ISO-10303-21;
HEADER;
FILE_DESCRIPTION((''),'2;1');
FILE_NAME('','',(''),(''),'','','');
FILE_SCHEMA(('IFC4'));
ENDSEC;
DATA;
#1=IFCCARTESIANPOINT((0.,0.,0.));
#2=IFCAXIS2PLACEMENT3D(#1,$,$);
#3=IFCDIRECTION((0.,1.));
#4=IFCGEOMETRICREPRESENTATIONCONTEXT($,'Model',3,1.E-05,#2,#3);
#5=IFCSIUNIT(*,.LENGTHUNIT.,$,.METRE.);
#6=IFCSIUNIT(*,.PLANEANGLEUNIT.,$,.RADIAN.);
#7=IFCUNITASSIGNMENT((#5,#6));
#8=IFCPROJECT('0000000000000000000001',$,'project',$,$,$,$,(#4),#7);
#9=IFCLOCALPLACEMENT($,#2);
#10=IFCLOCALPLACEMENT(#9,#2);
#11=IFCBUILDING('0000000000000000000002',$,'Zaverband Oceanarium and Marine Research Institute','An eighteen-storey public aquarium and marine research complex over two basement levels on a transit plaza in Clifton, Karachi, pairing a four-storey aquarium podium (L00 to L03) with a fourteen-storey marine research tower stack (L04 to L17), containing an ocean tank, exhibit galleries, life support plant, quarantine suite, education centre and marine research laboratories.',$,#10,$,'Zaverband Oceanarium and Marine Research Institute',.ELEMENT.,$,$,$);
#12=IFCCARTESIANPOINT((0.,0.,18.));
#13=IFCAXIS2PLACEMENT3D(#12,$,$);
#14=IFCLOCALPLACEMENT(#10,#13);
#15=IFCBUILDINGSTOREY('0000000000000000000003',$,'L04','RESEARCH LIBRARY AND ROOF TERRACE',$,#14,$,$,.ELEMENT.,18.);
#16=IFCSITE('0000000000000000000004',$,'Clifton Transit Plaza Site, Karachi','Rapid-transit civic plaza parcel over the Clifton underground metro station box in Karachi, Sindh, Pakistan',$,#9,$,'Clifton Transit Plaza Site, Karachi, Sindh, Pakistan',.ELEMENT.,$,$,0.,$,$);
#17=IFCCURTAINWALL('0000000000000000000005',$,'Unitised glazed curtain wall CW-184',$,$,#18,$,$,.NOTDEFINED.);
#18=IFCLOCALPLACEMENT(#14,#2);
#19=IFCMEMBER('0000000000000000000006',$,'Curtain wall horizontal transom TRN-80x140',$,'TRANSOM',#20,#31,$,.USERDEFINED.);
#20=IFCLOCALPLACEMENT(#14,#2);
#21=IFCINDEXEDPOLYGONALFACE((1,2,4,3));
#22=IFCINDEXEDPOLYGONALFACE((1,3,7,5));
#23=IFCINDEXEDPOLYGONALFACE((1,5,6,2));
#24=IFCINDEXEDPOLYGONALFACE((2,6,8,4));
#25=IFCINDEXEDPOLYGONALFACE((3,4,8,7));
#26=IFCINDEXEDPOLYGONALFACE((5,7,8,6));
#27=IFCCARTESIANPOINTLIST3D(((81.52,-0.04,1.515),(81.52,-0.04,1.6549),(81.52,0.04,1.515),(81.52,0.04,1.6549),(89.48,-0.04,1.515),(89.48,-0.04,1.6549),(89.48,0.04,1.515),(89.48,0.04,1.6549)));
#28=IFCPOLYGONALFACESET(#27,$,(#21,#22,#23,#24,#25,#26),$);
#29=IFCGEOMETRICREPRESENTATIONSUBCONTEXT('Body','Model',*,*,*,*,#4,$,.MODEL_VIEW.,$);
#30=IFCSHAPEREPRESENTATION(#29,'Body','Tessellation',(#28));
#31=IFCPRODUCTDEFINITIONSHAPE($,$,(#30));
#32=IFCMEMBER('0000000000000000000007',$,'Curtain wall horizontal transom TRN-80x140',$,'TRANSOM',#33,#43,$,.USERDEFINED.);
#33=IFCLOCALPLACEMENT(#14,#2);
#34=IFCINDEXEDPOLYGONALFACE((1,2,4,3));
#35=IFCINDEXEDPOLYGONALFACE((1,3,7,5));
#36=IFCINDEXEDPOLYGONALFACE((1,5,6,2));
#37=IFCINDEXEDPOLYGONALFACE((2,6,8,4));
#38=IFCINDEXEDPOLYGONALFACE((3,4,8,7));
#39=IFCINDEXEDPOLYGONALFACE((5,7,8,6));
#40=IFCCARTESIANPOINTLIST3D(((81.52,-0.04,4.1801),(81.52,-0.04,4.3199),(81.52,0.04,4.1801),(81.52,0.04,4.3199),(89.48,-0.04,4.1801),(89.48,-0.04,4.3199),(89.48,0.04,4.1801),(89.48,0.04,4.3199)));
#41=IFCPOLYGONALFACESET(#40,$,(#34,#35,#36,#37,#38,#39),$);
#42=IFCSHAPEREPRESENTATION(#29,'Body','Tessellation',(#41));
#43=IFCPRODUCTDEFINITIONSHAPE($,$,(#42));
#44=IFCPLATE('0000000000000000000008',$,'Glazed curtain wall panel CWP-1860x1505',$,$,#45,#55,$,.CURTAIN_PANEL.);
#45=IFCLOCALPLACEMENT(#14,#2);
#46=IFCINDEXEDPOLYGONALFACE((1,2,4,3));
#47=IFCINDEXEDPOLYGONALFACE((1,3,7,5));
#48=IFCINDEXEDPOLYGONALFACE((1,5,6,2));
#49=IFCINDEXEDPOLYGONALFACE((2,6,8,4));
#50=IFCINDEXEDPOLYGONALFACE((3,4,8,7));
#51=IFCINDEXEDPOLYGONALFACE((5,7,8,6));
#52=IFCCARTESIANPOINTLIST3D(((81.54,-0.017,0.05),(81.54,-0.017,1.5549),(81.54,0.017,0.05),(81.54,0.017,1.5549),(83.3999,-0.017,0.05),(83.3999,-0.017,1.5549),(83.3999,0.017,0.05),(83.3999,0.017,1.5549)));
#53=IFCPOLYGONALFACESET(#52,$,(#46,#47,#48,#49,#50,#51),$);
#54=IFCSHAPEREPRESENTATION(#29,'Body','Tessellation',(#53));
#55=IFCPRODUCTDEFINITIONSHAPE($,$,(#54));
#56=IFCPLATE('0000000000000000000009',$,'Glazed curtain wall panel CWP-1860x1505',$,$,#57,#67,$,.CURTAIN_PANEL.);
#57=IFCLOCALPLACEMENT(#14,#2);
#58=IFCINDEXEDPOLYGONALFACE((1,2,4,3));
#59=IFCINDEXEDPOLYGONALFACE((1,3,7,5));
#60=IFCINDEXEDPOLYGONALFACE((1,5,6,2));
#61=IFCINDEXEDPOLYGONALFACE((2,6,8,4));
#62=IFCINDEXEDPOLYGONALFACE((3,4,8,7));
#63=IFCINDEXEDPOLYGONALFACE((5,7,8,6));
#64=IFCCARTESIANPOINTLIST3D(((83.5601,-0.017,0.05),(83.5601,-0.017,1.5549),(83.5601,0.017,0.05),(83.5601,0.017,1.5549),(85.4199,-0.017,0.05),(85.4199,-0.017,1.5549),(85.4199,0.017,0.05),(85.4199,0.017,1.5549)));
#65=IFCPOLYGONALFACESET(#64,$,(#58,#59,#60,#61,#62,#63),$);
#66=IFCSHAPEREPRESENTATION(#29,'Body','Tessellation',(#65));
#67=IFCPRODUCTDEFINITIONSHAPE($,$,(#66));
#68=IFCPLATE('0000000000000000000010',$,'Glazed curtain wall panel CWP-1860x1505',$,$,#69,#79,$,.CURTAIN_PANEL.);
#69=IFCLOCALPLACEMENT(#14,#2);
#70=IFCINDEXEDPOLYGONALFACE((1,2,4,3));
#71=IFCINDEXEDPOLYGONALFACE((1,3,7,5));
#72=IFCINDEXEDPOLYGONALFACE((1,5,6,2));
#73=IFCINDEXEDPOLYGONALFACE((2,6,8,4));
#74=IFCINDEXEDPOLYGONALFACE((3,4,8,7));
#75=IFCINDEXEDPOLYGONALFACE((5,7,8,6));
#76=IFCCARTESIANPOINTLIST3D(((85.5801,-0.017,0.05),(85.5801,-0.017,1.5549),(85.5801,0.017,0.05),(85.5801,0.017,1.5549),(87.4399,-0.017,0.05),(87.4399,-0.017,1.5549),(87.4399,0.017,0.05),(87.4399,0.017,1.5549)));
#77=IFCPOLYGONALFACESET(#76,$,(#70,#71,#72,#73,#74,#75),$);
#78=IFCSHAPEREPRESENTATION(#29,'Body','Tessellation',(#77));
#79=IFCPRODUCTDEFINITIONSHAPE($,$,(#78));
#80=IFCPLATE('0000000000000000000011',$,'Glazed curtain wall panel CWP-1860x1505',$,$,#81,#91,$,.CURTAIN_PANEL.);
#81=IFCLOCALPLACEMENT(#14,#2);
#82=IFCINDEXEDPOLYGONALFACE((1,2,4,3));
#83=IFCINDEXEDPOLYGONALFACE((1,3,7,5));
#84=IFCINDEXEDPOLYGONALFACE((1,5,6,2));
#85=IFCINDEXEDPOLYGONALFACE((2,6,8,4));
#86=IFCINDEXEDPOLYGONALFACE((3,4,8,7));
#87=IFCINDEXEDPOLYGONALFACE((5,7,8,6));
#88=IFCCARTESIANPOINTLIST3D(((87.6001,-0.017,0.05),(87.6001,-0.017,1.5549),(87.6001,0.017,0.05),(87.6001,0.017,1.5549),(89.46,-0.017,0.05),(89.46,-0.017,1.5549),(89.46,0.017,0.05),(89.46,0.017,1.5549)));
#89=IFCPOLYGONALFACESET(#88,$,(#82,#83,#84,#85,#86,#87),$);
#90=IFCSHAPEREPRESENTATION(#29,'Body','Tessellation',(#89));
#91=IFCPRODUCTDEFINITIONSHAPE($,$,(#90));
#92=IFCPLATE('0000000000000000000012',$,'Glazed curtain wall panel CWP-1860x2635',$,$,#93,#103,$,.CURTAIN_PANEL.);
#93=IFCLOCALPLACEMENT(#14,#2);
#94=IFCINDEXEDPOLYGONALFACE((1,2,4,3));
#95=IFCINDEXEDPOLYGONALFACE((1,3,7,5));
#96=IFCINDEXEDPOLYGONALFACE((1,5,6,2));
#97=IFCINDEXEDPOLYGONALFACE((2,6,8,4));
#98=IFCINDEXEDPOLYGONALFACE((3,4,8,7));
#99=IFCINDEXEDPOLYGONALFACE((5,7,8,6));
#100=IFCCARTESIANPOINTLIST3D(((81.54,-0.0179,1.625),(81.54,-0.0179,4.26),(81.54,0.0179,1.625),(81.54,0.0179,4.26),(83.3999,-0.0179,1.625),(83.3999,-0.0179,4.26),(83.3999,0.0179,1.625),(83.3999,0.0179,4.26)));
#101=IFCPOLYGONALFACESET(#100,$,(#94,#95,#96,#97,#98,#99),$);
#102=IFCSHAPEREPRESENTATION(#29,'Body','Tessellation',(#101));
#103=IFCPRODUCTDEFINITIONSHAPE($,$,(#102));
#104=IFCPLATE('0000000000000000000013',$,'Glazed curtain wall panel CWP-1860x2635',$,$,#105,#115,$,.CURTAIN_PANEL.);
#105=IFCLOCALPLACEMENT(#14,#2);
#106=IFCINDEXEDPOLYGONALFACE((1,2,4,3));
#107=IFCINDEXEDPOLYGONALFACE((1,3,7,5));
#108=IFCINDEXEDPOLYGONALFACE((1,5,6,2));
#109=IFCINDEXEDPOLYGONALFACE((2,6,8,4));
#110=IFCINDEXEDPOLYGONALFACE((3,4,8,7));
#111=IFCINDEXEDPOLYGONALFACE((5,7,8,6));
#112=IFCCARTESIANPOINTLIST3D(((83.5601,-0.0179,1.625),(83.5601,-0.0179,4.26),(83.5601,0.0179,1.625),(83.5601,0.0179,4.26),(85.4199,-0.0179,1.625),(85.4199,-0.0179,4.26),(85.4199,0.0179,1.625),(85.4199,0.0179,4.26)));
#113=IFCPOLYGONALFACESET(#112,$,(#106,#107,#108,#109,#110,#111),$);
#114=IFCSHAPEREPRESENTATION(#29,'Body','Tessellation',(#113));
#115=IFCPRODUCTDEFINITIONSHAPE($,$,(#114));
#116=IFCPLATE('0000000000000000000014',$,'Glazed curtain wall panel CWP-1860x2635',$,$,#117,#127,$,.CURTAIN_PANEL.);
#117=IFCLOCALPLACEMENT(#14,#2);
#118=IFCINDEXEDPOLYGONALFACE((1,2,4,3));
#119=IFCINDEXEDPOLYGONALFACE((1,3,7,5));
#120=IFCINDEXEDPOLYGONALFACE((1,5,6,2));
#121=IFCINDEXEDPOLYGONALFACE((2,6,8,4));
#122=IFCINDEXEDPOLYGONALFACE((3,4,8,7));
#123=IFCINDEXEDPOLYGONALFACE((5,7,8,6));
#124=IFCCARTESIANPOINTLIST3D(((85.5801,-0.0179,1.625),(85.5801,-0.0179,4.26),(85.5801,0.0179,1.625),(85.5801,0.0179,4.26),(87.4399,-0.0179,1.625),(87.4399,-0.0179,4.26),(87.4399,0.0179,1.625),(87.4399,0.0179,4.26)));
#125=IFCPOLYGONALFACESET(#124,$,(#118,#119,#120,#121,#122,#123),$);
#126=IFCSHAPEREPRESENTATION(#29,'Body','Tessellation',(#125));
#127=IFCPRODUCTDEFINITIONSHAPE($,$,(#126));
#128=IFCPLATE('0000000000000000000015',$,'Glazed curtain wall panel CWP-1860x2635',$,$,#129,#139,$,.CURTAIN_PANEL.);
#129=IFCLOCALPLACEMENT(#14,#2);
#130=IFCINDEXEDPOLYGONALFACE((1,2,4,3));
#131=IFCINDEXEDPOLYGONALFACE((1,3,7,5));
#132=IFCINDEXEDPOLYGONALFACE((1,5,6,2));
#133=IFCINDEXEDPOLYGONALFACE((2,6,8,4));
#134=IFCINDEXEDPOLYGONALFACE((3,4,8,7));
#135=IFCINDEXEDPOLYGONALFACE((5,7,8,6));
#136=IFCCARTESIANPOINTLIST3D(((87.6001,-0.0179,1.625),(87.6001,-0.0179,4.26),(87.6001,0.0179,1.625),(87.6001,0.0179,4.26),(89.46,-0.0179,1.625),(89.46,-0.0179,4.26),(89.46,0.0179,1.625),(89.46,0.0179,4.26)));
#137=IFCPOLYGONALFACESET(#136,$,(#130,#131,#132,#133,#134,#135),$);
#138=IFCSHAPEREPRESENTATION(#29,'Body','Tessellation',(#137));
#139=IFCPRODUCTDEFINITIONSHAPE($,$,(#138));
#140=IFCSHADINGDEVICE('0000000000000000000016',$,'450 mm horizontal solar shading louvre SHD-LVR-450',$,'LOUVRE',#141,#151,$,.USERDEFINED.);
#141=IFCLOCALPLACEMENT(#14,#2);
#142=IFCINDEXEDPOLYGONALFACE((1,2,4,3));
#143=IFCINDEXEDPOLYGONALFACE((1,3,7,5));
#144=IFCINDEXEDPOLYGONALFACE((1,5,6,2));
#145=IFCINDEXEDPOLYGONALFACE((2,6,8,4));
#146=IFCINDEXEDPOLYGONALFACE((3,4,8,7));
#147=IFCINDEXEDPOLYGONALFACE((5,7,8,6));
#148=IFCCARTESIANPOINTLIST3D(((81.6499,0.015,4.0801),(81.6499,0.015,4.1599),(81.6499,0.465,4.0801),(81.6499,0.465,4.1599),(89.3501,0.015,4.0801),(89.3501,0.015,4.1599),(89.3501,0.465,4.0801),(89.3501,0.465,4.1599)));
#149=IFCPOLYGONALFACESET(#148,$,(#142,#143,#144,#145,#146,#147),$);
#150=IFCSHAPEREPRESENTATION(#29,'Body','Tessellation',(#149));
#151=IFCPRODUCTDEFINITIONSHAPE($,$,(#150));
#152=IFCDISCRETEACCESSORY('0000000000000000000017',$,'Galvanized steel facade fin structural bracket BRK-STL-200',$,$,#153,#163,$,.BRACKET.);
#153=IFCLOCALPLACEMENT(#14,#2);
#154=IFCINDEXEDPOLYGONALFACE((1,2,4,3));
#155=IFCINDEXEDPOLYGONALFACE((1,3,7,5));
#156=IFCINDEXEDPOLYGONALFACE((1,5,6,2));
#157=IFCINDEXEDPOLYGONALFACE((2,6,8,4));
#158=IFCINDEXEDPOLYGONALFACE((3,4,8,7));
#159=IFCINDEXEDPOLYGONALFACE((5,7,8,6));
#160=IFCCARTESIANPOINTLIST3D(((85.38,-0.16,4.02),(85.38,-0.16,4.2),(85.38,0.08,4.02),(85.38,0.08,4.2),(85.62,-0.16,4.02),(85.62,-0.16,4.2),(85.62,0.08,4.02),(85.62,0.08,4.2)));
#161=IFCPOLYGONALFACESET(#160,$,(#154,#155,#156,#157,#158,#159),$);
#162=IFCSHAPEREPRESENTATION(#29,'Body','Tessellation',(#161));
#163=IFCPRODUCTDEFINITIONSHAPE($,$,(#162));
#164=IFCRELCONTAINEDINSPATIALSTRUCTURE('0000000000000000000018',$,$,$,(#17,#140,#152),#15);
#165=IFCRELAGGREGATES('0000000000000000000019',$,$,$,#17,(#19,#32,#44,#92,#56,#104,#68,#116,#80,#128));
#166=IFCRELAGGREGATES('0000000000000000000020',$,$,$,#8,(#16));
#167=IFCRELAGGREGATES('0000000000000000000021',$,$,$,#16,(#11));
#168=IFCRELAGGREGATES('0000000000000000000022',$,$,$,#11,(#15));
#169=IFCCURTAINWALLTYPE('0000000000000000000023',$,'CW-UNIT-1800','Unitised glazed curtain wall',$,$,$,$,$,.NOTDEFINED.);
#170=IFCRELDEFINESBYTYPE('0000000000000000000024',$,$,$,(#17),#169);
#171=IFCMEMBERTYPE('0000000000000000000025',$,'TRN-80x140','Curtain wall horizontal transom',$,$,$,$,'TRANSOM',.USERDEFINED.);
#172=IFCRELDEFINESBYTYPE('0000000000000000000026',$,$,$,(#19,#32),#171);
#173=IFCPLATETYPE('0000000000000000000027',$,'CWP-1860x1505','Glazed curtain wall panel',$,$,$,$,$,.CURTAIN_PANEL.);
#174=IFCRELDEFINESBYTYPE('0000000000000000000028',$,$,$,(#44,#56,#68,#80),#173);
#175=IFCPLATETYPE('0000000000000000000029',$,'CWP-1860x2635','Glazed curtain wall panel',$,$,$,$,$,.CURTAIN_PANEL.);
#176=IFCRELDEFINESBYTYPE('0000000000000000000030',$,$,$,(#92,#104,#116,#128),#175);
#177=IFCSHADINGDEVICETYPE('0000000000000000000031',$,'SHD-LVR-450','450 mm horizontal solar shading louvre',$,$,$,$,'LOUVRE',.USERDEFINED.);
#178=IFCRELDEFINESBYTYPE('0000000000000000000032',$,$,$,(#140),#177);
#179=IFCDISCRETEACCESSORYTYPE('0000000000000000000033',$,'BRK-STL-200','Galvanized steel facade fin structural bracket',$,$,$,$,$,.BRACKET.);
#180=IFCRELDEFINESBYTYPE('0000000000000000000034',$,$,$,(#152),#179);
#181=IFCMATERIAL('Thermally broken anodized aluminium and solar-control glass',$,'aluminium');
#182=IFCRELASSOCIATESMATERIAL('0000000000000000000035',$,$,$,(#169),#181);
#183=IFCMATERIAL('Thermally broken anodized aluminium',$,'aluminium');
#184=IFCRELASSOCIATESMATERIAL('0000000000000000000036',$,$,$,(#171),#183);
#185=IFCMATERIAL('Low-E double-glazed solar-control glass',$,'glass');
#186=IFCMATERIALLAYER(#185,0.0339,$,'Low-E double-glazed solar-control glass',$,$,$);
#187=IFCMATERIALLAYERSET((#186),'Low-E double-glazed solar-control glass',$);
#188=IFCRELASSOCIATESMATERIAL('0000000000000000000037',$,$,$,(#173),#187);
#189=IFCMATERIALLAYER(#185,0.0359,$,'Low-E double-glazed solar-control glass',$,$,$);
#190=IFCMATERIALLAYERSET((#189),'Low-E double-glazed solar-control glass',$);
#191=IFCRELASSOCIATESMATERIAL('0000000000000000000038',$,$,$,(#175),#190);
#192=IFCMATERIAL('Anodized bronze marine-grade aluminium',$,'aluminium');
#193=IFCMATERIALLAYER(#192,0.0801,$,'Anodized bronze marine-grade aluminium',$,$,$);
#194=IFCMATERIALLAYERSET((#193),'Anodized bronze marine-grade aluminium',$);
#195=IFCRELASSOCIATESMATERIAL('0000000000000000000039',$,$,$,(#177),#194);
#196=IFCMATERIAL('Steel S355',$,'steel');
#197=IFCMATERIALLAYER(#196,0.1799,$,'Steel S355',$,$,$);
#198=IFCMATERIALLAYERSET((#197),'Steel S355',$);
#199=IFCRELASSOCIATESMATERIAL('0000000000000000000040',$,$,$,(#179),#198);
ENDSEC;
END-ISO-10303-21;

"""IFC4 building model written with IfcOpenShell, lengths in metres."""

from ifc_helpers import new_model, si_unit, direction, frame, frame_2d, origin, origin_2d, place, context, subcontext, project, spatial, rectangle, extrude, material, layer, layer_set, material_profile, profile_set, type_object, element, aggregate, save


model = new_model("IFC4")

# Units and contexts
model_context = context("Model", 3, precision=1e-05, world=origin(), true_north=direction((0.0, 1.0)))
body_context = subcontext(model_context, "Body", "Model", "MODEL_VIEW")
ifc_project = project(units=[si_unit("LENGTHUNIT", "METRE"), si_unit("PLANEANGLEUNIT", "RADIAN")], contexts=[model_context])

# Site, building, storey
site_placement = place(None, origin())
site = spatial("IfcSite", under=ifc_project, at=site_placement, Name="Clifton Transit Plaza Site, Karachi", Description="Rapid-transit civic plaza parcel over the Clifton underground metro station box in Karachi, Sindh, Pakistan", LongName="Clifton Transit Plaza Site, Karachi, Sindh, Pakistan", CompositionType="ELEMENT", RefElevation=0.0)
building_placement = place(site_placement, origin())
building = spatial("IfcBuilding", under=site, at=building_placement, Name="Zaverband Oceanarium and Marine Research Institute", Description="An eighteen-storey public aquarium and marine research complex over two basement levels on a transit plaza in Clifton, Karachi, pairing a four-storey aquarium podium (L00 to L03) with a fourteen-storey marine research tower stack (L04 to L17), containing an ocean tank, exhibit galleries, life support plant, quarantine suite, education centre and marine research laboratories.", LongName="Zaverband Oceanarium and Marine Research Institute", CompositionType="ELEMENT")
storey_placement = place(building_placement, frame((0.0, 0.0, 18.0)))
storey = spatial("IfcBuildingStorey", under=building, at=storey_placement, Name="L04", Description="RESEARCH LIBRARY AND ROOF TERRACE", CompositionType="ELEMENT", Elevation=18.0)

# Shared definitions
ifc_material_1 = material(Name="Steel S355", Category="steel")

# Curtain wall
ifc_material_2 = material(Name="Thermally broken anodized aluminium and solar-control glass", Category="aluminium")
curtain_wall_type = type_object("IfcCurtainWallType", Name="CW-UNIT-1800", Description="Unitised glazed curtain wall", PredefinedType="NOTDEFINED", material=ifc_material_2)
curtain_wall_1_placement = place(storey_placement, origin())
curtain_wall_1 = element("IfcCurtainWall", 1, at=curtain_wall_1_placement, inside=storey, type_object=curtain_wall_type, Name="Unitised glazed curtain wall CW-184", PredefinedType="NOTDEFINED")
ifc_material_3 = material(Name="Thermally broken anodized aluminium", Category="aluminium")

# Members
ifc_material_profile_1 = material_profile(ifc_material_3, rectangle(XDim=0.0801, YDim=0.1399, at=origin_2d()), Name="AL-TRN-80x140")
ifc_profile_set_1 = profile_set([ifc_material_profile_1], Name="Thermally broken anodized aluminium")
member_type_1 = type_object("IfcMemberType", Name="TRN-80x140", Description="Curtain wall horizontal transom", ElementType="TRANSOM", PredefinedType="USERDEFINED", material=ifc_profile_set_1)
member_1_placement = place(storey_placement, frame((81.52, 0.0, 1.585), z_axis=(1.0, 0.0, 0.0), x_axis=(0.0, 1.0, 0.0)))
member_1 = element("IfcMember", 2, at=member_1_placement, type_object=member_type_1, Name="Curtain wall horizontal transom TRN-80x140", ObjectType="TRANSOM", PredefinedType="USERDEFINED", context=body_context, shape_type="SweptSolid", body=[
    extrude(rectangle(XDim=0.0801, YDim=0.1399, at=origin_2d()), origin(), (0.0, 0.0, 1.0), 7.96),
])
member_2_placement = place(storey_placement, frame((81.52, 0.0, 4.25), z_axis=(1.0, 0.0, 0.0), x_axis=(0.0, 1.0, 0.0)))
member_2 = element("IfcMember", 3, at=member_2_placement, type_object=member_type_1, Name="Curtain wall horizontal transom TRN-80x140", ObjectType="TRANSOM", PredefinedType="USERDEFINED", context=body_context, shape_type="SweptSolid", body=[
    extrude(rectangle(XDim=0.0801, YDim=0.1399, at=origin_2d()), origin(), (0.0, 0.0, 1.0), 7.96),
])

# Plates
ifc_material_4 = material(Name="Low-E double-glazed solar-control glass", Category="glass")
ifc_layer_1 = layer(ifc_material_4, 0.0339, Name="Low-E double-glazed solar-control glass")
ifc_layer_set_1 = layer_set([ifc_layer_1], Name="Low-E double-glazed solar-control glass")
plate_type_1 = type_object("IfcPlateType", Name="CWP-1860x1505", Description="Glazed curtain wall panel", PredefinedType="CURTAIN_PANEL", material=ifc_layer_set_1)
plate_1_placement = place(storey_placement, frame((81.54, 0.0, 0.05), z_axis=(0.0, 0.0, 1.0), x_axis=(1.0, 0.0, 0.0)))
plate_1 = element("IfcPlate", 4, at=plate_1_placement, type_object=plate_type_1, Name="Glazed curtain wall panel CWP-1860x1505", PredefinedType="CURTAIN_PANEL", context=body_context, shape_type="SweptSolid", body=[
    extrude(rectangle(XDim=1.8599, YDim=0.0339, at=frame_2d((0.9299, 0.0))), origin(), (0.0, 0.0, 1.0), 1.5049),
])
plate_2_placement = place(storey_placement, frame((83.5601, 0.0, 0.05), z_axis=(0.0, 0.0, 1.0), x_axis=(1.0, 0.0, 0.0)))
plate_2 = element("IfcPlate", 5, at=plate_2_placement, type_object=plate_type_1, Name="Glazed curtain wall panel CWP-1860x1505", PredefinedType="CURTAIN_PANEL", context=body_context, shape_type="SweptSolid", body=[
    extrude(rectangle(XDim=1.8599, YDim=0.0339, at=frame_2d((0.9299, 0.0))), origin(), (0.0, 0.0, 1.0), 1.5049),
])
plate_3_placement = place(storey_placement, frame((85.5801, 0.0, 0.05), z_axis=(0.0, 0.0, 1.0), x_axis=(1.0, 0.0, 0.0)))
plate_3 = element("IfcPlate", 6, at=plate_3_placement, type_object=plate_type_1, Name="Glazed curtain wall panel CWP-1860x1505", PredefinedType="CURTAIN_PANEL", context=body_context, shape_type="SweptSolid", body=[
    extrude(rectangle(XDim=1.8599, YDim=0.0339, at=frame_2d((0.9299, 0.0))), origin(), (0.0, 0.0, 1.0), 1.5049),
])
plate_4_placement = place(storey_placement, frame((87.6001, 0.0, 0.05), z_axis=(0.0, 0.0, 1.0), x_axis=(1.0, 0.0, 0.0)))
plate_4 = element("IfcPlate", 7, at=plate_4_placement, type_object=plate_type_1, Name="Glazed curtain wall panel CWP-1860x1505", PredefinedType="CURTAIN_PANEL", context=body_context, shape_type="SweptSolid", body=[
    extrude(rectangle(XDim=1.8599, YDim=0.0339, at=frame_2d((0.9299, 0.0))), origin(), (0.0, 0.0, 1.0), 1.5049),
])
ifc_layer_2 = layer(ifc_material_4, 0.0359, Name="Low-E double-glazed solar-control glass")
ifc_layer_set_2 = layer_set([ifc_layer_2], Name="Low-E double-glazed solar-control glass")
plate_type_2 = type_object("IfcPlateType", Name="CWP-1860x2635", Description="Glazed curtain wall panel", PredefinedType="CURTAIN_PANEL", material=ifc_layer_set_2)
plate_5_placement = place(storey_placement, frame((81.54, 0.0, 1.625), z_axis=(0.0, 0.0, 1.0), x_axis=(1.0, 0.0, 0.0)))
plate_5 = element("IfcPlate", 8, at=plate_5_placement, type_object=plate_type_2, Name="Glazed curtain wall panel CWP-1860x2635", PredefinedType="CURTAIN_PANEL", context=body_context, shape_type="SweptSolid", body=[
    extrude(rectangle(XDim=1.8599, YDim=0.0359, at=frame_2d((0.9299, 0.0))), origin(), (0.0, 0.0, 1.0), 2.635),
])
plate_6_placement = place(storey_placement, frame((83.5601, 0.0, 1.625), z_axis=(0.0, 0.0, 1.0), x_axis=(1.0, 0.0, 0.0)))
plate_6 = element("IfcPlate", 9, at=plate_6_placement, type_object=plate_type_2, Name="Glazed curtain wall panel CWP-1860x2635", PredefinedType="CURTAIN_PANEL", context=body_context, shape_type="SweptSolid", body=[
    extrude(rectangle(XDim=1.8599, YDim=0.0359, at=frame_2d((0.9299, 0.0))), origin(), (0.0, 0.0, 1.0), 2.635),
])
plate_7_placement = place(storey_placement, frame((85.5801, 0.0, 1.625), z_axis=(0.0, 0.0, 1.0), x_axis=(1.0, 0.0, 0.0)))
plate_7 = element("IfcPlate", 10, at=plate_7_placement, type_object=plate_type_2, Name="Glazed curtain wall panel CWP-1860x2635", PredefinedType="CURTAIN_PANEL", context=body_context, shape_type="SweptSolid", body=[
    extrude(rectangle(XDim=1.8599, YDim=0.0359, at=frame_2d((0.9299, 0.0))), origin(), (0.0, 0.0, 1.0), 2.635),
])
plate_8_placement = place(storey_placement, frame((87.6001, 0.0, 1.625), z_axis=(0.0, 0.0, 1.0), x_axis=(1.0, 0.0, 0.0)))
plate_8 = element("IfcPlate", 11, at=plate_8_placement, type_object=plate_type_2, Name="Glazed curtain wall panel CWP-1860x2635", PredefinedType="CURTAIN_PANEL", context=body_context, shape_type="SweptSolid", body=[
    extrude(rectangle(XDim=1.8599, YDim=0.0359, at=frame_2d((0.9299, 0.0))), origin(), (0.0, 0.0, 1.0), 2.635),
])
aggregate(curtain_wall_1, [member_1, member_2, plate_1, plate_5, plate_2, plate_6, plate_3, plate_7, plate_4, plate_8])

# Shading device
ifc_material_5 = material(Name="Anodized bronze marine-grade aluminium", Category="aluminium")
ifc_layer_3 = layer(ifc_material_5, 0.0801, Name="Anodized bronze marine-grade aluminium")
ifc_layer_set_3 = layer_set([ifc_layer_3], Name="Anodized bronze marine-grade aluminium")
shading_device_type = type_object("IfcShadingDeviceType", Name="SHD-LVR-450", Description="450 mm horizontal solar shading louvre", ElementType="LOUVRE", PredefinedType="USERDEFINED", material=ifc_layer_set_3)
shading_device_placement = place(storey_placement, frame((81.6499, 0.24, 4.0801), z_axis=(0.0, 0.0, 1.0), x_axis=(1.0, 0.0, 0.0)))
element("IfcShadingDevice", 12, at=shading_device_placement, inside=storey, type_object=shading_device_type, Name="450 mm horizontal solar shading louvre SHD-LVR-450", ObjectType="LOUVRE", PredefinedType="USERDEFINED", context=body_context, shape_type="SweptSolid", body=[
    extrude(rectangle(XDim=7.7002, YDim=0.45, at=frame_2d((3.8501, 0.0))), origin(), (0.0, 0.0, 1.0), 0.0798),
])

# Discrete accessory
ifc_layer_4 = layer(ifc_material_1, 0.1799, Name="Steel S355")
ifc_layer_set_4 = layer_set([ifc_layer_4], Name="Steel S355")
discrete_accessory_type = type_object("IfcDiscreteAccessoryType", Name="BRK-STL-200", Description="Galvanized steel facade fin structural bracket", PredefinedType="BRACKET", material=ifc_layer_set_4)
discrete_accessory_placement = place(storey_placement, frame((85.5, -0.04, 4.02), z_axis=(0.0, 0.0, 1.0), x_axis=(1.0, 0.0, 0.0)))
element("IfcDiscreteAccessory", 13, at=discrete_accessory_placement, inside=storey, type_object=discrete_accessory_type, Name="Galvanized steel facade fin structural bracket BRK-STL-200", PredefinedType="BRACKET", context=body_context, shape_type="SweptSolid", body=[
    extrude(rectangle(XDim=0.24, YDim=0.24, at=origin_2d()), origin(), (0.0, 0.0, 1.0), 0.1799),
])

save(model, "model.ifc")
